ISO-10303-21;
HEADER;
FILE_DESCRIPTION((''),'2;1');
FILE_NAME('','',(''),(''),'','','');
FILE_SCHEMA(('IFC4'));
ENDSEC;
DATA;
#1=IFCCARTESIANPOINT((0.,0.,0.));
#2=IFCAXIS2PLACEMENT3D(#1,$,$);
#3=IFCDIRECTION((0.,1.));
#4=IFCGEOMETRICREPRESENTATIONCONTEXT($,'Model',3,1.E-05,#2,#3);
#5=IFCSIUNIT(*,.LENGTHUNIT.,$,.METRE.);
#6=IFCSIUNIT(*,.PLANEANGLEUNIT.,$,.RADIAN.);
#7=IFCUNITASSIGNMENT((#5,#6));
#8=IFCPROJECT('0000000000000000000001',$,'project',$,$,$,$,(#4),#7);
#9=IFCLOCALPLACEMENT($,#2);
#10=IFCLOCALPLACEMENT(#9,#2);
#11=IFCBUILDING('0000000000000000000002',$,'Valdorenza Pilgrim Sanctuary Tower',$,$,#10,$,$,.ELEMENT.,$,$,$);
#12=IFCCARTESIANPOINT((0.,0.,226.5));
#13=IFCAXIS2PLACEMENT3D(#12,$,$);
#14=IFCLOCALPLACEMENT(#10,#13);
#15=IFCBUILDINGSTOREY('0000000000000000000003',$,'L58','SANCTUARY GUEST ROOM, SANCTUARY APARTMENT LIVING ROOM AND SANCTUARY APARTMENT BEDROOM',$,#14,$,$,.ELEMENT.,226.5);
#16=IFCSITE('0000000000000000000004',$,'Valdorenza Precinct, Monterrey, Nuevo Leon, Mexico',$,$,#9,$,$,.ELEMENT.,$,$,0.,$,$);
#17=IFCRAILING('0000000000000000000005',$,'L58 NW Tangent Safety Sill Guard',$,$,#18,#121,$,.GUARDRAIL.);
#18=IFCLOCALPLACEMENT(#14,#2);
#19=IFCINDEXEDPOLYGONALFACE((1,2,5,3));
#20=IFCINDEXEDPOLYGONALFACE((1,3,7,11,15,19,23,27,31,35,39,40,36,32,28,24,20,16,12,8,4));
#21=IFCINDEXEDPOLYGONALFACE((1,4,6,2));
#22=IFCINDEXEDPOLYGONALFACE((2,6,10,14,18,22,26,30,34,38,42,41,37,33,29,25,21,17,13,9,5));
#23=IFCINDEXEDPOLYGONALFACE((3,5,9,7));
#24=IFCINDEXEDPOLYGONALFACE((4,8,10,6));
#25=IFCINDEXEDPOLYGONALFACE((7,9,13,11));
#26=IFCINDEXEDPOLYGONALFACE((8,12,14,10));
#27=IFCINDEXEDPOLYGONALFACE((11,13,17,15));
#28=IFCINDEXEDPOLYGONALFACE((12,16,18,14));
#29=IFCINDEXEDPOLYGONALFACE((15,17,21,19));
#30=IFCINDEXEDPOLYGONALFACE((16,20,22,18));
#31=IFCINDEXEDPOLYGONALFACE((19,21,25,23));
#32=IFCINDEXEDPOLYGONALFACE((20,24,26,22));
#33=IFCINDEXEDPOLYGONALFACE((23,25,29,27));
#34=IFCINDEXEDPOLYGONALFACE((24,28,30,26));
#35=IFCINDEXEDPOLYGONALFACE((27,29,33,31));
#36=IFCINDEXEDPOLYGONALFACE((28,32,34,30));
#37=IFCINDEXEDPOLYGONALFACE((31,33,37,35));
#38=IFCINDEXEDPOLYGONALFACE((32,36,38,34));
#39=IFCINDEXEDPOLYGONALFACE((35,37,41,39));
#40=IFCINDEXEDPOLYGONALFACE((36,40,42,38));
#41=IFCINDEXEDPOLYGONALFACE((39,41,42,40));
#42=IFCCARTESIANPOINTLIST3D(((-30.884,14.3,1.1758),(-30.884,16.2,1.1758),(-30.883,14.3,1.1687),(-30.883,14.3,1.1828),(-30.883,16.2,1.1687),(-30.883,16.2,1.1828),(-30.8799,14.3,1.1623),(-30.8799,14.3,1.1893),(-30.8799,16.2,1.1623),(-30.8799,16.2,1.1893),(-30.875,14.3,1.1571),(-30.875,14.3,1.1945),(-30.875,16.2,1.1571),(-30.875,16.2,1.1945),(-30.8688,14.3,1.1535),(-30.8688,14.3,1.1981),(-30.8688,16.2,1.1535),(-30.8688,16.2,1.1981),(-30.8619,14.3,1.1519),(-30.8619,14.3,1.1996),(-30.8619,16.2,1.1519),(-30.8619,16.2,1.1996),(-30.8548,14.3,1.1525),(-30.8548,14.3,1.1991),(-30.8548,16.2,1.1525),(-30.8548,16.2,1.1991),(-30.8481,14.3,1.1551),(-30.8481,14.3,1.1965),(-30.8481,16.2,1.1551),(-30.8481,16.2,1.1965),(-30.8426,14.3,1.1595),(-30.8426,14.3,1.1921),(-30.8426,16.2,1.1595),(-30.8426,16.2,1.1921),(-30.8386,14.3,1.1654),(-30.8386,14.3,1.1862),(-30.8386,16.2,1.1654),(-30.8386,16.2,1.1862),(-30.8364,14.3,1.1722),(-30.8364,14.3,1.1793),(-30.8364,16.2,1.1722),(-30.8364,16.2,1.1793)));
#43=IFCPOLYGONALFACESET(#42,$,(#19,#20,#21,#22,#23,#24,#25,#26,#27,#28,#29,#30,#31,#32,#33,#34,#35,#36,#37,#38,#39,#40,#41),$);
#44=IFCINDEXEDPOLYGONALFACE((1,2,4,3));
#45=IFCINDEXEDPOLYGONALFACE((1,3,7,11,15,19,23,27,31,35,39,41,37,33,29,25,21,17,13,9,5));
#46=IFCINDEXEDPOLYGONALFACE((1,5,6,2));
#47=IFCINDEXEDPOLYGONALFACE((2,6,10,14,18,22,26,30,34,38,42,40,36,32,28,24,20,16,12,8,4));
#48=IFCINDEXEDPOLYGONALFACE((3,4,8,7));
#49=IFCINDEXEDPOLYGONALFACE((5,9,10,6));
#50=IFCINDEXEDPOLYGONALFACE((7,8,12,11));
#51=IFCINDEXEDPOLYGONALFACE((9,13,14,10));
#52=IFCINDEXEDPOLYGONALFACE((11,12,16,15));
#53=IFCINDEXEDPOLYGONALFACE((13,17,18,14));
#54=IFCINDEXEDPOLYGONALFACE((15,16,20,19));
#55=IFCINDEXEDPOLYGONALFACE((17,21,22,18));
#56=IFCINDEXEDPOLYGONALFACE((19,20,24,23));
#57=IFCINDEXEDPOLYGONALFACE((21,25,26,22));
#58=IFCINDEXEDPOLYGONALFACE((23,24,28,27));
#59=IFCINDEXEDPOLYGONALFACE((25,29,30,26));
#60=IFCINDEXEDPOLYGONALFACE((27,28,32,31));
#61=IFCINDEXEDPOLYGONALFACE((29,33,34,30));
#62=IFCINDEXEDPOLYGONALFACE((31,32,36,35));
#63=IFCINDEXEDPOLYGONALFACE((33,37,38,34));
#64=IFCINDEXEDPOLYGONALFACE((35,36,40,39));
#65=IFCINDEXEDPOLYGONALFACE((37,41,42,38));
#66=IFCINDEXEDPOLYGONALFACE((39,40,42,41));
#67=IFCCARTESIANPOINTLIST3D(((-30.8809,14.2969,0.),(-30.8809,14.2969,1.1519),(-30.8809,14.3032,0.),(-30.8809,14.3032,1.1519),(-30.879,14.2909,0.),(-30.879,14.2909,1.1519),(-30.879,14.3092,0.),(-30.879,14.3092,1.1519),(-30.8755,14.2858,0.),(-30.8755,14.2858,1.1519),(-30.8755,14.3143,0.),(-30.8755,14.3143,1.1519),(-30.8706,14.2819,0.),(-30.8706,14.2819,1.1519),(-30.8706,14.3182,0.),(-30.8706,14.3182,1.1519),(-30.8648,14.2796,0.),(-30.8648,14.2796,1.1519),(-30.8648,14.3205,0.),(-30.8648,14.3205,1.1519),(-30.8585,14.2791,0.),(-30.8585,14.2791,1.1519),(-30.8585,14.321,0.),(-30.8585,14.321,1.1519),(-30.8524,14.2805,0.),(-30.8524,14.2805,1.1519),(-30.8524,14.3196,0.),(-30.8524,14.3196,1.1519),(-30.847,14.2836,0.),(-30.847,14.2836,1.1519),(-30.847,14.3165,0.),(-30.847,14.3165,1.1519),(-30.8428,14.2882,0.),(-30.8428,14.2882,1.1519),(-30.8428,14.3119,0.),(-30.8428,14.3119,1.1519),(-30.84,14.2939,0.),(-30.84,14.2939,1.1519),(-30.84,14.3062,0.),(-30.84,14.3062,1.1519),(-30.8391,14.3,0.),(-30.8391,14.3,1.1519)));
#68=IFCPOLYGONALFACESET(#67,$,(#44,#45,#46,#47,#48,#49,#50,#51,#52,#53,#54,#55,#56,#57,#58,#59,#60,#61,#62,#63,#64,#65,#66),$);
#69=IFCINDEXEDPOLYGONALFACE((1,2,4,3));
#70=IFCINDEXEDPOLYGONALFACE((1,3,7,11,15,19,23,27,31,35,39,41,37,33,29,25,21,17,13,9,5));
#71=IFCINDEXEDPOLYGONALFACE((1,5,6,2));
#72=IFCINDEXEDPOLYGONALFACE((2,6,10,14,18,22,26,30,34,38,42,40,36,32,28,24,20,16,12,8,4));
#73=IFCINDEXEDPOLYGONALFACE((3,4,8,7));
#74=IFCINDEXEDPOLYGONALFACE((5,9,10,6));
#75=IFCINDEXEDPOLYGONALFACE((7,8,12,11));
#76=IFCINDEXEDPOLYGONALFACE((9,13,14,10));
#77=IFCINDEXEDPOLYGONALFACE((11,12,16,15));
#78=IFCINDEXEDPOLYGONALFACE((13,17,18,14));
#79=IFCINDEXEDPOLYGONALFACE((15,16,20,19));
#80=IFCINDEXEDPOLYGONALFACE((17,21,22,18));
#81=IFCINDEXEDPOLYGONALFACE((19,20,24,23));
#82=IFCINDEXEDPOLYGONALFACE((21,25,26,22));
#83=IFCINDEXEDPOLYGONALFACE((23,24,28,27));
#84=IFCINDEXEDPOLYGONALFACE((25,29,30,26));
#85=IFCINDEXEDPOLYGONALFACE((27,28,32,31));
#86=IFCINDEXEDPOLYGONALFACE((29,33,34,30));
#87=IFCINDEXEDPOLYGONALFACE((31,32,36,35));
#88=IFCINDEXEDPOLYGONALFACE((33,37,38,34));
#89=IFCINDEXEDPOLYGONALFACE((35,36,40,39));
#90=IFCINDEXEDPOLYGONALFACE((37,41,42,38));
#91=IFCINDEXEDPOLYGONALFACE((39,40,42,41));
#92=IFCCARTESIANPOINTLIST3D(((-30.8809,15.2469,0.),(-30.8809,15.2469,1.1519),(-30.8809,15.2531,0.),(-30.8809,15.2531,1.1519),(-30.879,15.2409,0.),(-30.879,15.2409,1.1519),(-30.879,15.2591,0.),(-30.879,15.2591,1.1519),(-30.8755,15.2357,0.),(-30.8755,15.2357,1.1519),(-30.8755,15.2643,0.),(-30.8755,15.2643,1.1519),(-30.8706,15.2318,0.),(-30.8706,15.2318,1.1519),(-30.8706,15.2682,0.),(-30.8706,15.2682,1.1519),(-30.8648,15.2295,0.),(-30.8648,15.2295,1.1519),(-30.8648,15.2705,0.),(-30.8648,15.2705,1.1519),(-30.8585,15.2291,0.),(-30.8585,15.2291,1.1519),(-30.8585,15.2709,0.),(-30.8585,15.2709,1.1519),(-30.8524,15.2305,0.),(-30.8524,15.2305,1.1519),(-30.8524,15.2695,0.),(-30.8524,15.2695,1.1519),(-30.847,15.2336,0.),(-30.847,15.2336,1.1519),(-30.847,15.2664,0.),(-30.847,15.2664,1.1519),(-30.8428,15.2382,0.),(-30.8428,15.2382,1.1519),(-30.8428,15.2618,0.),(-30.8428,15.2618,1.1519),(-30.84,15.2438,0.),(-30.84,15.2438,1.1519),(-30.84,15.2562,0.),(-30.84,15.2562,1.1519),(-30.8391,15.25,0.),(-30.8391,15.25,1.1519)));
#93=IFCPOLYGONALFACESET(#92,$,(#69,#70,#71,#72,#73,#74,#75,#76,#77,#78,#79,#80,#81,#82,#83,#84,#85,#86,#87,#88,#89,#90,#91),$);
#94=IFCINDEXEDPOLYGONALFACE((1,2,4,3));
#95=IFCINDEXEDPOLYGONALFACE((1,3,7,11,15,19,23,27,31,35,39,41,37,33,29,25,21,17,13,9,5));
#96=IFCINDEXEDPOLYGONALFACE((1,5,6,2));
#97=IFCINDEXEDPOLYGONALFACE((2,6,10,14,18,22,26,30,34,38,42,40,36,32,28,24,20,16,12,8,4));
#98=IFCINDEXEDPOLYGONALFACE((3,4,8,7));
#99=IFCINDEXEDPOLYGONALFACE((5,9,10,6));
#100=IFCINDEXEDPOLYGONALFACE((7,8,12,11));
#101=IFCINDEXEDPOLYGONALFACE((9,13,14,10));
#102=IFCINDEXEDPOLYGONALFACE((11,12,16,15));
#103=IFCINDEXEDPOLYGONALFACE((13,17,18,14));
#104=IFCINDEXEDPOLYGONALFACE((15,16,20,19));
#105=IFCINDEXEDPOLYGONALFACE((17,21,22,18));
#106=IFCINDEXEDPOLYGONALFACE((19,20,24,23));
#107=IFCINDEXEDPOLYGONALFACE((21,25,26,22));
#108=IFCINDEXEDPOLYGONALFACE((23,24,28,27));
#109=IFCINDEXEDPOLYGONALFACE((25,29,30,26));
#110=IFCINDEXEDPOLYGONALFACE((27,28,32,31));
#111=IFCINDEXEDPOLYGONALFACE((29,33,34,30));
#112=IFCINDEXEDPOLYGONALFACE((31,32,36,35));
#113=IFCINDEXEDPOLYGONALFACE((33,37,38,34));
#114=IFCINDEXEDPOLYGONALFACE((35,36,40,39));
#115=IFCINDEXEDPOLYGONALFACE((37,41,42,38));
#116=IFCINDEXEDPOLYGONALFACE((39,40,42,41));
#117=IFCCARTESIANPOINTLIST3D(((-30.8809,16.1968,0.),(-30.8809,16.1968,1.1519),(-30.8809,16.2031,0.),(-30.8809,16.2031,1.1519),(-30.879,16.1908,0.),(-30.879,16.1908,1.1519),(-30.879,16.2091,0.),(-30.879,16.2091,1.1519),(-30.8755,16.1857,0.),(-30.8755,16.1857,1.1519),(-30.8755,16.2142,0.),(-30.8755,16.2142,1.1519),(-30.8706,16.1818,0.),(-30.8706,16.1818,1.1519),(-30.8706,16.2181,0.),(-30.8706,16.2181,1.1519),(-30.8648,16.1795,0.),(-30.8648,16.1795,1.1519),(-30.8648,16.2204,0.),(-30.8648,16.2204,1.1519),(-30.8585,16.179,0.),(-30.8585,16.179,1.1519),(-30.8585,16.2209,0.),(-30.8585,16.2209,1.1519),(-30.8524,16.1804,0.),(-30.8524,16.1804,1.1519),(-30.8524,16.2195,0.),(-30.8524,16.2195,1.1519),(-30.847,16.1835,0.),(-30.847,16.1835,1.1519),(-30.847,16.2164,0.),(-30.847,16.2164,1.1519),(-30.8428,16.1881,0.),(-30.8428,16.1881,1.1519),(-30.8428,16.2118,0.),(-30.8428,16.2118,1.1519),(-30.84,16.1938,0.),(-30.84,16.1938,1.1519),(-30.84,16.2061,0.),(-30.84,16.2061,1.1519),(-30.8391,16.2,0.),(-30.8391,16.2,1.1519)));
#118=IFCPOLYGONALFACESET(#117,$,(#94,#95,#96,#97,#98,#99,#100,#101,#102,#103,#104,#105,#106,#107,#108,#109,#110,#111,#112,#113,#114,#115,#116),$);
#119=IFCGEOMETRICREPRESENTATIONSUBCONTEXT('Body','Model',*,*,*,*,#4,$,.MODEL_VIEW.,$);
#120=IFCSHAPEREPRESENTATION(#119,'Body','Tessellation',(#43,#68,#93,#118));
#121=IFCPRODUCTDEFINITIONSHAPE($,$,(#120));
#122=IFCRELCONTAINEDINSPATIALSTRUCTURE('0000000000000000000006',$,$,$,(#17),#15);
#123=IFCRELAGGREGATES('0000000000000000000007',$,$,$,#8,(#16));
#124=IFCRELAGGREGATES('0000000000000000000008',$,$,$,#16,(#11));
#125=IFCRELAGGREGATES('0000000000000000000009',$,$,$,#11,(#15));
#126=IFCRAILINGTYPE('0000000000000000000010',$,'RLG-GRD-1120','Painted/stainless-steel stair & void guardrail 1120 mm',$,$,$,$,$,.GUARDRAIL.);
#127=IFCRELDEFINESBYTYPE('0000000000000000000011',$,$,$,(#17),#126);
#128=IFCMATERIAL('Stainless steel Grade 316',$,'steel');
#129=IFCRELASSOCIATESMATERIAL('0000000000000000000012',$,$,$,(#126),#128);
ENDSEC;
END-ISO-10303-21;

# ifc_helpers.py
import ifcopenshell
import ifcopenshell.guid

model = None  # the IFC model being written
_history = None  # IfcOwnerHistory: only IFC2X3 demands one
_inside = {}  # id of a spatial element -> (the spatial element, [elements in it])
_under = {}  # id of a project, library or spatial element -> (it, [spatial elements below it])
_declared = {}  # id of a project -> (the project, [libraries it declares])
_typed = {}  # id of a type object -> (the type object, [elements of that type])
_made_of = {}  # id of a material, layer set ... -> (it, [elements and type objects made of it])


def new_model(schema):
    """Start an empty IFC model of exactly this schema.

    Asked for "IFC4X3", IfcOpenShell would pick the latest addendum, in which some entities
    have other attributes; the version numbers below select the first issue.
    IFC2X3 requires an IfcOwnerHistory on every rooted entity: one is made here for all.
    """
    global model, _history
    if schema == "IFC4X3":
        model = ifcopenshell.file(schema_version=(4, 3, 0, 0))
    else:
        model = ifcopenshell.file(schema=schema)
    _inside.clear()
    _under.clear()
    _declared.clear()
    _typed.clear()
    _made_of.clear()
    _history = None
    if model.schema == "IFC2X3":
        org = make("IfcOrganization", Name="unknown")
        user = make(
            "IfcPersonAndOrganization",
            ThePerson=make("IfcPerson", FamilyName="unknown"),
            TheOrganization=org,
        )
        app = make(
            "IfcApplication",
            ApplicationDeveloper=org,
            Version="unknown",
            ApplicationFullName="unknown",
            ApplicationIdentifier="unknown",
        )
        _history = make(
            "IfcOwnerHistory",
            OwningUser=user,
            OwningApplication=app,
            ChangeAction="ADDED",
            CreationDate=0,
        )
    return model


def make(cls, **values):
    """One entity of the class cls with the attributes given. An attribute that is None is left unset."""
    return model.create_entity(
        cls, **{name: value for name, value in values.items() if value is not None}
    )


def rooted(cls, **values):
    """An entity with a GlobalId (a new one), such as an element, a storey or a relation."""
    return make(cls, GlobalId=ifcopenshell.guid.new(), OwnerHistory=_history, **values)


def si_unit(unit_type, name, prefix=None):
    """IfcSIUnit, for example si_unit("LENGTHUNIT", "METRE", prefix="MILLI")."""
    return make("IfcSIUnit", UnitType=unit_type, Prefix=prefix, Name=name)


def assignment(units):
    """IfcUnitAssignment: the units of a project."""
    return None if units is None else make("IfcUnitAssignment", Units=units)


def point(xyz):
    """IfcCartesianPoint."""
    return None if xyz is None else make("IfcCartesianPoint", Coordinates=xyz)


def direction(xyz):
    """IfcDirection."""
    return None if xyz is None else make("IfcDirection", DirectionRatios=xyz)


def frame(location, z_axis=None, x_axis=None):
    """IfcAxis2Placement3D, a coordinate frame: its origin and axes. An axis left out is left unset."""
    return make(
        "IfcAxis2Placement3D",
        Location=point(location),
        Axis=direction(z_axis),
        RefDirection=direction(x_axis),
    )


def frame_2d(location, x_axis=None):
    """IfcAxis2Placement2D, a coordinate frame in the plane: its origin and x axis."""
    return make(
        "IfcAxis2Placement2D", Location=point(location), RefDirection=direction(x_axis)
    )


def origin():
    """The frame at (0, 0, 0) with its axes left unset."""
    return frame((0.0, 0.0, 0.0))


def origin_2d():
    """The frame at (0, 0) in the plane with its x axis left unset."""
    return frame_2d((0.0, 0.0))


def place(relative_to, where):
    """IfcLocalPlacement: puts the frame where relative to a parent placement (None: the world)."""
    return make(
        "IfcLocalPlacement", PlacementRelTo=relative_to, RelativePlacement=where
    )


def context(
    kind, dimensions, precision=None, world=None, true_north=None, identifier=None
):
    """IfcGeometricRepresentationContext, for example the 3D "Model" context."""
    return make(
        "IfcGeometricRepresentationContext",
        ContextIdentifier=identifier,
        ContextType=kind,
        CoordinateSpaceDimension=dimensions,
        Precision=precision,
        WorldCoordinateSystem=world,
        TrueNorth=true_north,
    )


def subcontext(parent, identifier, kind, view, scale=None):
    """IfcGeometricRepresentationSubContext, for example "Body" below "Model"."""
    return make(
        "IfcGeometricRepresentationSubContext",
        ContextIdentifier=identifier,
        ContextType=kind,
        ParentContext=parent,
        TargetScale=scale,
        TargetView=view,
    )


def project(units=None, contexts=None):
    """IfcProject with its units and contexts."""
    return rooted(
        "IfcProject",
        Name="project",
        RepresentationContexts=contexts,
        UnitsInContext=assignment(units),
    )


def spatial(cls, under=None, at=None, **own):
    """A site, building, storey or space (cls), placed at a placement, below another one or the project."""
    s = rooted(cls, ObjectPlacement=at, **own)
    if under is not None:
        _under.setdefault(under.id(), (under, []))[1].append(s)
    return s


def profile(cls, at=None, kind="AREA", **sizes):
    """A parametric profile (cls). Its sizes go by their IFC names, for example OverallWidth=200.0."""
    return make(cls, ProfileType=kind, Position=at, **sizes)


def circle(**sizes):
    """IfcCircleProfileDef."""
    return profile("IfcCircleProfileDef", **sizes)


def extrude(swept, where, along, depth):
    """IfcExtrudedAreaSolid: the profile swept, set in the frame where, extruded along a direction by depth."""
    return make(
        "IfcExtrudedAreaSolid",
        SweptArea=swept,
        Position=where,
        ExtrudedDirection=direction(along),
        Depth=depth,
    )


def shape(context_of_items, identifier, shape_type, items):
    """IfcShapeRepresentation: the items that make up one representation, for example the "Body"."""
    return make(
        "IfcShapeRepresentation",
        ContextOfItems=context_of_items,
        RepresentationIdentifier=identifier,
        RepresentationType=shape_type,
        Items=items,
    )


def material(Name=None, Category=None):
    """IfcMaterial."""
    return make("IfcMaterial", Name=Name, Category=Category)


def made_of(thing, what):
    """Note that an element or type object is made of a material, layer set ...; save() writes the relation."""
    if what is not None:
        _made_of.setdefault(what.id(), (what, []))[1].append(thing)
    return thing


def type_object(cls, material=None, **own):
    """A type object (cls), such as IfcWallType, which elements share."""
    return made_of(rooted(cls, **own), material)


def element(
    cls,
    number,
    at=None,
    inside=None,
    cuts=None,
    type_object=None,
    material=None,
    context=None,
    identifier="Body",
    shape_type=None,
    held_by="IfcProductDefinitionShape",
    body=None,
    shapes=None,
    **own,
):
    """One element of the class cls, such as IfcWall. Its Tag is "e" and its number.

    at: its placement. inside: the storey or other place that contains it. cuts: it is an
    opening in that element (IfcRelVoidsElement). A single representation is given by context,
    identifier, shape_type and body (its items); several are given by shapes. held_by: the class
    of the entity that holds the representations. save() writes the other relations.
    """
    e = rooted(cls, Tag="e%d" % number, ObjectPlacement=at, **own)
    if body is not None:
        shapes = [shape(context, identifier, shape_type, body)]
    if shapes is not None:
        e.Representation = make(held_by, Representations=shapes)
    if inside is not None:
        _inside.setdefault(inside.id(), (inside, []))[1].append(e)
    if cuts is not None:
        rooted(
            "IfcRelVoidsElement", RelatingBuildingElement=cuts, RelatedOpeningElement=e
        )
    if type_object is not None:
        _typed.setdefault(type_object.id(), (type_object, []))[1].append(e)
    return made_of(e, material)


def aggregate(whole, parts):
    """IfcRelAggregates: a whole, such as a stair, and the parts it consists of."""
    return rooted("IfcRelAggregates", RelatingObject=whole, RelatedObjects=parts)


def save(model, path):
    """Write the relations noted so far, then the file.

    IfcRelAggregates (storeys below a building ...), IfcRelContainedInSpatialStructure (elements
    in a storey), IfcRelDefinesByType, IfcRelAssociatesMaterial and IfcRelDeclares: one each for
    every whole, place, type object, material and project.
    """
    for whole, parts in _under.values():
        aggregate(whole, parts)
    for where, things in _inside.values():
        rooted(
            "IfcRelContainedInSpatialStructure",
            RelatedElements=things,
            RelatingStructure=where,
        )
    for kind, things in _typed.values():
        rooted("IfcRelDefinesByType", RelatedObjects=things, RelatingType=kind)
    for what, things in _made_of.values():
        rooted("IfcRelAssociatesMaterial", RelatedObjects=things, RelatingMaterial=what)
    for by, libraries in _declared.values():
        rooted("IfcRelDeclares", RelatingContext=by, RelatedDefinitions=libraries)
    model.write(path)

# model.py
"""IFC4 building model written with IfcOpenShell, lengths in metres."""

from ifc_helpers import new_model, si_unit, direction, frame, origin, origin_2d, place, context, subcontext, project, spatial, circle, extrude, material, type_object, element, save


model = new_model("IFC4")

# Units and contexts
model_context = context("Model", 3, precision=1e-05, world=origin(), true_north=direction((0.0, 1.0)))
body_context = subcontext(model_context, "Body", "Model", "MODEL_VIEW")
ifc_project = project(units=[si_unit("LENGTHUNIT", "METRE"), si_unit("PLANEANGLEUNIT", "RADIAN")], contexts=[model_context])

# Site, building, storey
site_placement = place(None, origin())
site = spatial("IfcSite", under=ifc_project, at=site_placement, Name="Valdorenza Precinct, Monterrey, Nuevo Leon, Mexico", CompositionType="ELEMENT", RefElevation=0.0)
building_placement = place(site_placement, origin())
building = spatial("IfcBuilding", under=site, at=building_placement, Name="Valdorenza Pilgrim Sanctuary Tower", CompositionType="ELEMENT")
storey_placement = place(building_placement, frame((0.0, 0.0, 226.5)))
storey = spatial("IfcBuildingStorey", under=building, at=storey_placement, Name="L58", Description="SANCTUARY GUEST ROOM, SANCTUARY APARTMENT LIVING ROOM AND SANCTUARY APARTMENT BEDROOM", CompositionType="ELEMENT", Elevation=226.5)

# Railing
ifc_material_1 = material(Name="Stainless steel Grade 316", Category="steel")
railing_type = type_object("IfcRailingType", Name="RLG-GRD-1120", Description="Painted/stainless-steel stair & void guardrail 1120 mm", PredefinedType="GUARDRAIL", material=ifc_material_1)
railing_placement = place(storey_placement, frame((-30.8601, 14.3, 0.0)))
element("IfcRailing", 1, at=railing_placement, inside=storey, type_object=railing_type, Name="L58 NW Tangent Safety Sill Guard", PredefinedType="GUARDRAIL", context=body_context, shape_type="SweptSolid", body=[
    extrude(circle(Radius=0.0239, at=origin_2d()), frame((0.0, 0.0, 1.1758), z_axis=(0.0, 1.0, 0.0), x_axis=(-1.0, 0.0, 0.0)), (0.0, 0.0, 1.0), 1.8999),
    extrude(circle(Radius=0.021, at=origin_2d()), origin(), (0.0, 0.0, 1.0), 1.1519),
    extrude(circle(Radius=0.021, at=origin_2d()), frame((0.0, 0.95, 0.0)), (0.0, 0.0, 1.0), 1.1519),
    extrude(circle(Radius=0.021, at=origin_2d()), frame((0.0, 1.8999, 0.0)), (0.0, 0.0, 1.0), 1.1519),
])

save(model, "model.ifc")
